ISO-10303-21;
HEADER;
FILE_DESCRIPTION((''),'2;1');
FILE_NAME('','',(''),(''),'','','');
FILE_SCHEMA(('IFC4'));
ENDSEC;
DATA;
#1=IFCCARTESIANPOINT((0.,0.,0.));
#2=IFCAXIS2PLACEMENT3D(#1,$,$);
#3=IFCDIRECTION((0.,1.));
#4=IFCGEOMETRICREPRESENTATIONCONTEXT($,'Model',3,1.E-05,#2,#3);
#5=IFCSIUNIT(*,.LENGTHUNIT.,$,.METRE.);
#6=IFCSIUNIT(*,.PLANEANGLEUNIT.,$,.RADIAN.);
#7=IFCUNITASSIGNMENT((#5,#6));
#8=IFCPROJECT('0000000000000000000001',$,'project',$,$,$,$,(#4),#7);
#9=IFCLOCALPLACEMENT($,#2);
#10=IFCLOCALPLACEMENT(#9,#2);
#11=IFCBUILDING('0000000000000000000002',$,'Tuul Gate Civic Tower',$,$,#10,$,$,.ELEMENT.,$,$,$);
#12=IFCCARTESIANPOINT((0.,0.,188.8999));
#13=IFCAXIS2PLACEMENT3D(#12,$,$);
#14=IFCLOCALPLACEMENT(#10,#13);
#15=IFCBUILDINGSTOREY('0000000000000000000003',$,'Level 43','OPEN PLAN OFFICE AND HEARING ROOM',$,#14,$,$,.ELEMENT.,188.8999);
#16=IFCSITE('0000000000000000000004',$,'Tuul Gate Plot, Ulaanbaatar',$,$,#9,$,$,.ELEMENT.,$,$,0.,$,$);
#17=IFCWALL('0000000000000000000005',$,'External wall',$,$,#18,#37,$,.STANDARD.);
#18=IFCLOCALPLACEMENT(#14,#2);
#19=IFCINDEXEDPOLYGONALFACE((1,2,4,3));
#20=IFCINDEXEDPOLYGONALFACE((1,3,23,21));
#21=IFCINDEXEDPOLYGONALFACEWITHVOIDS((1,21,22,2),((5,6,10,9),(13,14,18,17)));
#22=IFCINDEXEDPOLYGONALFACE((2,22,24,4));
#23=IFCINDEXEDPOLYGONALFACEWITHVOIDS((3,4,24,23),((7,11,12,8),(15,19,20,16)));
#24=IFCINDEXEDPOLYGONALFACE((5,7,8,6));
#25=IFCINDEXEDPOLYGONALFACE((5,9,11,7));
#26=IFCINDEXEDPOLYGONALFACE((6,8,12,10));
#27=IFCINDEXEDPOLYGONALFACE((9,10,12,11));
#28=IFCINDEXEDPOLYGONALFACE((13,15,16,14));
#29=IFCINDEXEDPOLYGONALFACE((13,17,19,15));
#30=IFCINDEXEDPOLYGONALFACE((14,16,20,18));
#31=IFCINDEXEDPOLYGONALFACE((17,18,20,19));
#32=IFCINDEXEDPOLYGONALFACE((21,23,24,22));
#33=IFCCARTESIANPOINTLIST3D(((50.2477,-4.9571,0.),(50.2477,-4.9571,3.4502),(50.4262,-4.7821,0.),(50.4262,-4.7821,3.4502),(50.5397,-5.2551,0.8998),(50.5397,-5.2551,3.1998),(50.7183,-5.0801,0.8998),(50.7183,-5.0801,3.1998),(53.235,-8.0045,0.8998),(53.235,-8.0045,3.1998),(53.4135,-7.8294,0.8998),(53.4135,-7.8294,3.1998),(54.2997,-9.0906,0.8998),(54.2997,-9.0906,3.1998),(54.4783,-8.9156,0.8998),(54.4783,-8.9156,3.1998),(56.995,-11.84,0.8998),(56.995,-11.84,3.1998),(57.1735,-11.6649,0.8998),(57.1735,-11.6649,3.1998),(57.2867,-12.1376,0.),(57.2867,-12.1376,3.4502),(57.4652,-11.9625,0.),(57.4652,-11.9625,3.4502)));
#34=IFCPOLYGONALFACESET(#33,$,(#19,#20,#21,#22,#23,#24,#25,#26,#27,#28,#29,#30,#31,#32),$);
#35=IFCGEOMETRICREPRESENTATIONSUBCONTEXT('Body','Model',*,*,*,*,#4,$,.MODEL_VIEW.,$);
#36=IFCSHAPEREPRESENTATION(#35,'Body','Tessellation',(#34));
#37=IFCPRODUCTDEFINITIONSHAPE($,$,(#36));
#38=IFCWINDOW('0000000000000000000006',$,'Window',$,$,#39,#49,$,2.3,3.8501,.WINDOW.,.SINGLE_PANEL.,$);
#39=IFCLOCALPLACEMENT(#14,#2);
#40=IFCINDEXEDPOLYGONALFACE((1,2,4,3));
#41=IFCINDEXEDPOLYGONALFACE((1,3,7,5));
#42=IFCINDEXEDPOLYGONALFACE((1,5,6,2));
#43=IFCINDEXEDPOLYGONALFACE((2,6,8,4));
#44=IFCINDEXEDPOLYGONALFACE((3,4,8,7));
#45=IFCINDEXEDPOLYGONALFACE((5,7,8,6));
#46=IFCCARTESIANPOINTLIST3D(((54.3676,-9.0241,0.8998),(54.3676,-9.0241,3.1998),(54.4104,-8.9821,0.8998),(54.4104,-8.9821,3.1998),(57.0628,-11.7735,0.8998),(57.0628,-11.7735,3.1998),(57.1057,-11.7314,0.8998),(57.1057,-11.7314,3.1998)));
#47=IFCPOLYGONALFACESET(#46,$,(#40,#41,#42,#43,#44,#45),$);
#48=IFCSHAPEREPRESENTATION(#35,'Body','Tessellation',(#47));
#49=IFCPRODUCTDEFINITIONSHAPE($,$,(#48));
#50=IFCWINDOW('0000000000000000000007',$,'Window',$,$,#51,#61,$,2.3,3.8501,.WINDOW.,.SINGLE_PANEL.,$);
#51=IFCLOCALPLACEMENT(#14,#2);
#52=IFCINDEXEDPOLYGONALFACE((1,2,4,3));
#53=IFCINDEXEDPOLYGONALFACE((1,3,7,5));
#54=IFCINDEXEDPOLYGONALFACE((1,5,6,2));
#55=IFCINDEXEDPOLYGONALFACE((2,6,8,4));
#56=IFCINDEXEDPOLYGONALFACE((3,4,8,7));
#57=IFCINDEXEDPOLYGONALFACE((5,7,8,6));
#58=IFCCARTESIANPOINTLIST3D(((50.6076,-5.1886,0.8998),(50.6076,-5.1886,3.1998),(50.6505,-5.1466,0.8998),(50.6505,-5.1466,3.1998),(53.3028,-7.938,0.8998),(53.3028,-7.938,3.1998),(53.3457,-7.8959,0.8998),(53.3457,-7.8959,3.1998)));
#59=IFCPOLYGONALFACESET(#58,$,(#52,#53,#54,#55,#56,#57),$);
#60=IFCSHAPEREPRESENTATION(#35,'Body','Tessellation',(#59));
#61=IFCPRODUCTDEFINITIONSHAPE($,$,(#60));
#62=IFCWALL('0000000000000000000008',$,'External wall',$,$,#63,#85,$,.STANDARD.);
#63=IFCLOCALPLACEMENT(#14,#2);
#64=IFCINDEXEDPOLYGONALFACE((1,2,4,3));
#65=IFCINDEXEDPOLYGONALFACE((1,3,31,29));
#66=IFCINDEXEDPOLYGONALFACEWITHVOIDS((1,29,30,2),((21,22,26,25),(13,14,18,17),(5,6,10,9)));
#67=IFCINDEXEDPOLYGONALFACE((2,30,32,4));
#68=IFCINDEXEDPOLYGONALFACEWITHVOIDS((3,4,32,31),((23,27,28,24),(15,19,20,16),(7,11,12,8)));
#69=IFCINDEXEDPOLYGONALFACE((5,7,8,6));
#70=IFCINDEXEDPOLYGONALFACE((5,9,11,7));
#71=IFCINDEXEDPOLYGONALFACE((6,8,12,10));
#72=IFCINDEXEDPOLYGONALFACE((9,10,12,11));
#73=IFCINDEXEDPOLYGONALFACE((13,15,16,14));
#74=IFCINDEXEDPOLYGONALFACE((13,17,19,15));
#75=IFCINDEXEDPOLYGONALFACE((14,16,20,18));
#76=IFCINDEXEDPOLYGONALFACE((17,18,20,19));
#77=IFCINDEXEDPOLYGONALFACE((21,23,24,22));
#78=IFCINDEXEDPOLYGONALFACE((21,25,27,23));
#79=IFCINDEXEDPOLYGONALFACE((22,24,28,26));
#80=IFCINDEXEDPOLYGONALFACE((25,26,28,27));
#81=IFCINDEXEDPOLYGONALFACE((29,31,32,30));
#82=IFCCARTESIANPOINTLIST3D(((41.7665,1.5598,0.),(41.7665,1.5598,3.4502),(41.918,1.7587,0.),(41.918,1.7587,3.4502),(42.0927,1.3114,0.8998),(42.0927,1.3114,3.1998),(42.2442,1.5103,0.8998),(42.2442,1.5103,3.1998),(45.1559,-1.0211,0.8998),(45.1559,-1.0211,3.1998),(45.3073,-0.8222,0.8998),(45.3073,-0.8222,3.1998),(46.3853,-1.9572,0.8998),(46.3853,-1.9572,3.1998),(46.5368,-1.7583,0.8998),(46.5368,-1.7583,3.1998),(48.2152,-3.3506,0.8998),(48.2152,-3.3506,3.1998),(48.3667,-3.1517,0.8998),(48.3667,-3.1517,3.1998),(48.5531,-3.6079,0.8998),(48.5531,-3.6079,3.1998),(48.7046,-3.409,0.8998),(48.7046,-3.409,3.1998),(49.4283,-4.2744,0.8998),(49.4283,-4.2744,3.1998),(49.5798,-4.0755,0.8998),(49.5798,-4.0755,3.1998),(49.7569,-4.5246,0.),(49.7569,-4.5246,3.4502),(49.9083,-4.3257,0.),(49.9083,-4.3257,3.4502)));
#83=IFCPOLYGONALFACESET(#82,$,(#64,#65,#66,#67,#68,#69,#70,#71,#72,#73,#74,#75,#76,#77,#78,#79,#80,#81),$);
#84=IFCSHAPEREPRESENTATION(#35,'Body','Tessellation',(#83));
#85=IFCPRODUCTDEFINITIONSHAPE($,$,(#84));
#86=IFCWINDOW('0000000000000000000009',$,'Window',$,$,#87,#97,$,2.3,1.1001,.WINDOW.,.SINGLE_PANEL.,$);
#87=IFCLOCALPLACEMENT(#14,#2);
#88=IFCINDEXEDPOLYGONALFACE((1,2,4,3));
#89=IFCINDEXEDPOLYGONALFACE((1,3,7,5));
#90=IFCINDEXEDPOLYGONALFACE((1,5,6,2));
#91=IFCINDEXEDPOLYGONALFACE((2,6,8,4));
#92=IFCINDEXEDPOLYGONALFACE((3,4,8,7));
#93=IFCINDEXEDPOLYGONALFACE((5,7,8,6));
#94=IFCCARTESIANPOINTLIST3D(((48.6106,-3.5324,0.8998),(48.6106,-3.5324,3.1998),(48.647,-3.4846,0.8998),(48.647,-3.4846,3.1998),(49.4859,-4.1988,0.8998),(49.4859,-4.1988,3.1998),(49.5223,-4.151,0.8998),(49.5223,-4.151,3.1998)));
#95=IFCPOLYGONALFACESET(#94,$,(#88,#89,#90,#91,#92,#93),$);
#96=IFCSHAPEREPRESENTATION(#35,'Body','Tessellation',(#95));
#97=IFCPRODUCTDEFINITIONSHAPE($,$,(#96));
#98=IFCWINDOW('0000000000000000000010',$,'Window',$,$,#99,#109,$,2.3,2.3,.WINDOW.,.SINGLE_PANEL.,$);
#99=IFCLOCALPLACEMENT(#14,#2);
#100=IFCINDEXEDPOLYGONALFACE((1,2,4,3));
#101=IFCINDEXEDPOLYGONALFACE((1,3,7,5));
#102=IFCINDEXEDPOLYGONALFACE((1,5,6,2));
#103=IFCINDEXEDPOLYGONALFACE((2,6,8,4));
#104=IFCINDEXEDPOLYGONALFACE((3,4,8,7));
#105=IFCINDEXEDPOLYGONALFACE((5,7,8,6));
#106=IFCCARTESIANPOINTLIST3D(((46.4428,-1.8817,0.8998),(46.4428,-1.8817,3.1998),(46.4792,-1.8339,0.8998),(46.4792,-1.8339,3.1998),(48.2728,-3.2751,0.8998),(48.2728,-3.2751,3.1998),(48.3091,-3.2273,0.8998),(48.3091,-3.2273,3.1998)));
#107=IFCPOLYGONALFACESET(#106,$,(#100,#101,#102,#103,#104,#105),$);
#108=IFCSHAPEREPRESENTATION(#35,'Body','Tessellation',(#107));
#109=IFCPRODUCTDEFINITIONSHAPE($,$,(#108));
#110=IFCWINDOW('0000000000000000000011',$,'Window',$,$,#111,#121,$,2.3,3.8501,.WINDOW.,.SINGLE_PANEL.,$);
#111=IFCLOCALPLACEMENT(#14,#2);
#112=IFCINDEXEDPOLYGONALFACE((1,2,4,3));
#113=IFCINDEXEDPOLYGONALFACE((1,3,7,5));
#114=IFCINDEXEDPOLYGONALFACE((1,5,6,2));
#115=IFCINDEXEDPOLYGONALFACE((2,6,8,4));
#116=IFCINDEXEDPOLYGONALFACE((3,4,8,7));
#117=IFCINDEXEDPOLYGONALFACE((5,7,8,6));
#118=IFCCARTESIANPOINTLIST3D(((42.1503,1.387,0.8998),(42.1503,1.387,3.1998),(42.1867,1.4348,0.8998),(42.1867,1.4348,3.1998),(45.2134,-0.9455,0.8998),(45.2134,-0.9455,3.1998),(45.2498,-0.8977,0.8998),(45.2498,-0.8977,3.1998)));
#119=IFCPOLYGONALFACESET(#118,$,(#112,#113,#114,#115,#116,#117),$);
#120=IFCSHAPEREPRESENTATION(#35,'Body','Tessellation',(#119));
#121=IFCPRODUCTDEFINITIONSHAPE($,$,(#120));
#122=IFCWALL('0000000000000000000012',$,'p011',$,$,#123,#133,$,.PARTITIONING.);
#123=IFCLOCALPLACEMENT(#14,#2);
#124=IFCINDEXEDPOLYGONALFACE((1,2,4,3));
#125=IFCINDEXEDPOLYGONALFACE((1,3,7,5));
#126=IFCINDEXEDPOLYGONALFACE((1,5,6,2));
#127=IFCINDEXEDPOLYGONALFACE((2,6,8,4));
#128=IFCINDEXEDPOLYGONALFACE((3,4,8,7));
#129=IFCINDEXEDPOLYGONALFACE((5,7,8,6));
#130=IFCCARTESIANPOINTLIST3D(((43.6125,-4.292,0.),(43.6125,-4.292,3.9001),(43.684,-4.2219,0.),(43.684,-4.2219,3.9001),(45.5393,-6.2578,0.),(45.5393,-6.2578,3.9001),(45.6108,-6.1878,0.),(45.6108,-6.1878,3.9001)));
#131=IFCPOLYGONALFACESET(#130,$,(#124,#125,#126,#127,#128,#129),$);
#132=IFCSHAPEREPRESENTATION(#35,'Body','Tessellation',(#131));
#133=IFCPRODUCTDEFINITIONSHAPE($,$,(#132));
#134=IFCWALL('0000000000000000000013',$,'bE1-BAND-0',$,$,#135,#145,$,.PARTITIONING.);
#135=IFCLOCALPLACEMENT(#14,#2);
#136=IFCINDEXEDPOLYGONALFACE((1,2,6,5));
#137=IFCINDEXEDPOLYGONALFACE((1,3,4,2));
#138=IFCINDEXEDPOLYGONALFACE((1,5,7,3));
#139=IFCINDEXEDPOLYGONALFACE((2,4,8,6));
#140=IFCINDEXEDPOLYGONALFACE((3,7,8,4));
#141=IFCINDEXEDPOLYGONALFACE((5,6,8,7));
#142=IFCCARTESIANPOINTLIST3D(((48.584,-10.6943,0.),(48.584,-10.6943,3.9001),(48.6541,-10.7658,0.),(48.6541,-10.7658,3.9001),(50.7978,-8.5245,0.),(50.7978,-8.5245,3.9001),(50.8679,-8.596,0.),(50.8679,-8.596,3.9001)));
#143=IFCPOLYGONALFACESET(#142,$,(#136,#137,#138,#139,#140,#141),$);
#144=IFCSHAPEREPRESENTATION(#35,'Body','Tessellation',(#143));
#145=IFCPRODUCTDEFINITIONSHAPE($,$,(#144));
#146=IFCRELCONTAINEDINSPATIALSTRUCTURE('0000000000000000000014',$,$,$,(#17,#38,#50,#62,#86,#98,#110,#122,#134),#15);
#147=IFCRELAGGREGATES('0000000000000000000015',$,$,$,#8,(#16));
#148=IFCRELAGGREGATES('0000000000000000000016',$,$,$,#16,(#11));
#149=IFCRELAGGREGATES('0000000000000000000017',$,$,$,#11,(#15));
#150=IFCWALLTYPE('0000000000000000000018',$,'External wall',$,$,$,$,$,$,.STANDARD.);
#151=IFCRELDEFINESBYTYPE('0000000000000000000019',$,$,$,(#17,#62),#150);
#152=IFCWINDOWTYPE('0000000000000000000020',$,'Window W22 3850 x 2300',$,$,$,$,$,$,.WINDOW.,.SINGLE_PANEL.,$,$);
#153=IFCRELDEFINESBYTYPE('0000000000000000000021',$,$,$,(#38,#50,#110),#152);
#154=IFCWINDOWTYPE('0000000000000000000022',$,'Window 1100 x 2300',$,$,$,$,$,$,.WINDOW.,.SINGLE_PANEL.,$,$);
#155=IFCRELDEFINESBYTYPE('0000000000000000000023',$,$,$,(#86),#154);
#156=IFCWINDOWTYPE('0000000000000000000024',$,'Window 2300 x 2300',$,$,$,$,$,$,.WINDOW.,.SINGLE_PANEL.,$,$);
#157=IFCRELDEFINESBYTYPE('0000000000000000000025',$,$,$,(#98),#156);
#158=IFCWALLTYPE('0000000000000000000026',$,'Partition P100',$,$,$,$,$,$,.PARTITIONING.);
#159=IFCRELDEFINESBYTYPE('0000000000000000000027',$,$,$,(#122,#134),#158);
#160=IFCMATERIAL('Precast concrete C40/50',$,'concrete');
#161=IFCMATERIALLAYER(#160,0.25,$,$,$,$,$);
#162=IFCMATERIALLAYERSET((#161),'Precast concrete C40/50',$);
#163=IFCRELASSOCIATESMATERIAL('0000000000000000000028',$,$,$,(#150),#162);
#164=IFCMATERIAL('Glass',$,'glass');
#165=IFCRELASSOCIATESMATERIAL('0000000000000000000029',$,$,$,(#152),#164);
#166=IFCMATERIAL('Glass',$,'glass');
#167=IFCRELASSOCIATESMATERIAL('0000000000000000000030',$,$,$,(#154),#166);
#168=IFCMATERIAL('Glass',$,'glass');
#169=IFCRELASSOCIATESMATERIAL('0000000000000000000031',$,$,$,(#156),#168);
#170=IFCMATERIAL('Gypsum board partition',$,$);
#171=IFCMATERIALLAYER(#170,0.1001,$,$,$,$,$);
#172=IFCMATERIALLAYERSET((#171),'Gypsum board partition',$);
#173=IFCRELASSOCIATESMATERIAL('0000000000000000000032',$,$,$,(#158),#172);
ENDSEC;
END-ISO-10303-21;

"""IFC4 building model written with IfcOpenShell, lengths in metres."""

from ifc_helpers import new_model, si_unit, direction, frame, frame_2d, origin, place, context, subcontext, project, spatial, rectangle, extrude, material, layer, layer_set, type_object, element, fill, save


model = new_model("IFC4")

# Units and contexts
model_context = context("Model", 3, precision=1e-05, world=origin(), true_north=direction((0.0, 1.0)))
body_context = subcontext(model_context, "Body", "Model", "MODEL_VIEW")
ifc_project = project(units=[si_unit("LENGTHUNIT", "METRE"), si_unit("PLANEANGLEUNIT", "RADIAN")], contexts=[model_context])

# Site, building, storey
site_placement = place(None, origin())
site = spatial("IfcSite", under=ifc_project, at=site_placement, Name="Tuul Gate Plot, Ulaanbaatar", CompositionType="ELEMENT", RefElevation=0.0)
building_placement = place(site_placement, origin())
building = spatial("IfcBuilding", under=site, at=building_placement, Name="Tuul Gate Civic Tower", CompositionType="ELEMENT")
storey_placement = place(building_placement, frame((0.0, 0.0, 188.8999)))
storey = spatial("IfcBuildingStorey", under=building, at=storey_placement, Name="Level 43", Description="OPEN PLAN OFFICE AND HEARING ROOM", CompositionType="ELEMENT", Elevation=188.8999)

# Walls, openings, windows
ifc_material_1 = material(Name="Precast concrete C40/50", Category="concrete")
ifc_layer_1 = layer(ifc_material_1, 0.25)
ifc_layer_set_1 = layer_set([ifc_layer_1], Name="Precast concrete C40/50")
wall_type_1 = type_object("IfcWallType", Name="External wall", PredefinedType="STANDARD", material=ifc_layer_set_1)
wall_1_placement = place(storey_placement, frame((57.376, -12.05, 0.0), z_axis=(0.0, 0.0, 1.0), x_axis=(-0.700043, 0.714101, 0.0)))
wall_1 = element("IfcWall", 1, at=wall_1_placement, inside=storey, type_object=wall_type_1, Name="External wall", PredefinedType="STANDARD", context=body_context, shape_type="SweptSolid", body=[
    extrude(rectangle(XDim=10.0552, YDim=0.25, at=frame_2d((5.0276, 0.0))), origin(), (0.0, 0.0, 1.0), 3.4502),
])
opening_1_placement = place(wall_1_placement, frame((0.4167, 0.0, 0.8999)))
opening_1 = element("IfcOpeningElement", 2, at=opening_1_placement, cuts=wall_1, PredefinedType="OPENING", context=body_context, shape_type="SweptSolid", body=[
    extrude(rectangle(XDim=3.8501, YDim=2.3, at=frame_2d((1.925, 1.1499))), frame((0.0, 0.135, 0.0), z_axis=(0.0, -1.0, 0.0), x_axis=(1.0, 0.0, 0.0)), (0.0, 0.0, 1.0), 0.27),
])
opening_2_placement = place(wall_1_placement, frame((5.7878, 0.0, 0.8999)))
opening_2 = element("IfcOpeningElement", 3, at=opening_2_placement, cuts=wall_1, PredefinedType="OPENING", context=body_context, shape_type="SweptSolid", body=[
    extrude(rectangle(XDim=3.8501, YDim=2.3, at=frame_2d((1.925, 1.1499))), frame((0.0, 0.135, 0.0), z_axis=(0.0, -1.0, 0.0), x_axis=(1.0, 0.0, 0.0)), (0.0, 0.0, 1.0), 0.27),
])
ifc_material_2 = material(Name="Glass", Category="glass")
window_type_1 = type_object("IfcWindowType", Name="Window W22 3850 x 2300", PartitioningType="SINGLE_PANEL", PredefinedType="WINDOW", material=ifc_material_2)
window_1_placement = place(opening_1_placement, origin())
window_1 = element("IfcWindow", 4, at=window_1_placement, inside=storey, type_object=window_type_1, Name="Window", OverallHeight=2.3, OverallWidth=3.8501, PartitioningType="SINGLE_PANEL", PredefinedType="WINDOW", context=body_context, shape_type="SweptSolid", body=[
    extrude(rectangle(XDim=3.8501, YDim=2.3, at=frame_2d((1.925, 1.1499))), frame((0.0, 0.03, 0.0), z_axis=(0.0, -1.0, 0.0), x_axis=(1.0, 0.0, 0.0)), (0.0, 0.0, 1.0), 0.0601),
])
fill(opening_1, window_1)
window_2_placement = place(opening_2_placement, origin())
window_2 = element("IfcWindow", 5, at=window_2_placement, inside=storey, type_object=window_type_1, Name="Window", OverallHeight=2.3, OverallWidth=3.8501, PartitioningType="SINGLE_PANEL", PredefinedType="WINDOW", context=body_context, shape_type="SweptSolid", body=[
    extrude(rectangle(XDim=3.8501, YDim=2.3, at=frame_2d((1.925, 1.1499))), frame((0.0, 0.03, 0.0), z_axis=(0.0, -1.0, 0.0), x_axis=(1.0, 0.0, 0.0)), (0.0, 0.0, 1.0), 0.0601),
])
fill(opening_2, window_2)
wall_2_placement = place(storey_placement, frame((49.8325, -4.425, 0.0), z_axis=(0.0, 0.0, 1.0), x_axis=(-0.7956, 0.605822, 0.0)))
wall_2 = element("IfcWall", 6, at=wall_2_placement, inside=storey, type_object=wall_type_1, Name="External wall", PredefinedType="STANDARD", context=body_context, shape_type="SweptSolid", body=[
    extrude(rectangle(XDim=10.0432, YDim=0.25, at=frame_2d((5.0215, 0.0))), origin(), (0.0, 0.0, 1.0), 3.4502),
])
opening_3_placement = place(wall_2_placement, frame((5.783, 0.0, 0.8999)))
opening_3 = element("IfcOpeningElement", 7, at=opening_3_placement, cuts=wall_2, PredefinedType="OPENING", context=body_context, shape_type="SweptSolid", body=[
    extrude(rectangle(XDim=3.8501, YDim=2.3, at=frame_2d((1.925, 1.1499))), frame((0.0, 0.135, 0.0), z_axis=(0.0, -1.0, 0.0), x_axis=(1.0, 0.0, 0.0)), (0.0, 0.0, 1.0), 0.27),
])
opening_4_placement = place(wall_2_placement, frame((0.4128, 0.0, 0.8999)))
opening_4 = element("IfcOpeningElement", 8, at=opening_4_placement, cuts=wall_2, PredefinedType="OPENING", context=body_context, shape_type="SweptSolid", body=[
    extrude(rectangle(XDim=1.1001, YDim=2.3, at=frame_2d((0.55, 1.1499))), frame((0.0, 0.135, 0.0), z_axis=(0.0, -1.0, 0.0), x_axis=(1.0, 0.0, 0.0)), (0.0, 0.0, 1.0), 0.27),
])
opening_5_placement = place(wall_2_placement, frame((1.9377, 0.0, 0.8999)))
opening_5 = element("IfcOpeningElement", 9, at=opening_5_placement, cuts=wall_2, PredefinedType="OPENING", context=body_context, shape_type="SweptSolid", body=[
    extrude(rectangle(XDim=2.3, YDim=2.3, at=frame_2d((1.1499, 1.1499))), frame((0.0, 0.135, 0.0), z_axis=(0.0, -1.0, 0.0), x_axis=(1.0, 0.0, 0.0)), (0.0, 0.0, 1.0), 0.27),
])
ifc_material_3 = material(Name="Glass", Category="glass")
window_type_2 = type_object("IfcWindowType", Name="Window 1100 x 2300", PartitioningType="SINGLE_PANEL", PredefinedType="WINDOW", material=ifc_material_3)
window_3_placement = place(opening_4_placement, origin())
window_3 = element("IfcWindow", 10, at=window_3_placement, inside=storey, type_object=window_type_2, Name="Window", OverallHeight=2.3, OverallWidth=1.1001, PartitioningType="SINGLE_PANEL", PredefinedType="WINDOW", context=body_context, shape_type="SweptSolid", body=[
    extrude(rectangle(XDim=1.1001, YDim=2.3, at=frame_2d((0.55, 1.1499))), frame((0.0, 0.03, 0.0), z_axis=(0.0, -1.0, 0.0), x_axis=(1.0, 0.0, 0.0)), (0.0, 0.0, 1.0), 0.0601),
])
fill(opening_4, window_3)
ifc_material_4 = material(Name="Glass", Category="glass")
window_type_3 = type_object("IfcWindowType", Name="Window 2300 x 2300", PartitioningType="SINGLE_PANEL", PredefinedType="WINDOW", material=ifc_material_4)
window_4_placement = place(opening_5_placement, origin())
window_4 = element("IfcWindow", 11, at=window_4_placement, inside=storey, type_object=window_type_3, Name="Window", OverallHeight=2.3, OverallWidth=2.3, PartitioningType="SINGLE_PANEL", PredefinedType="WINDOW", context=body_context, shape_type="SweptSolid", body=[
    extrude(rectangle(XDim=2.3, YDim=2.3, at=frame_2d((1.1499, 1.1499))), frame((0.0, 0.03, 0.0), z_axis=(0.0, -1.0, 0.0), x_axis=(1.0, 0.0, 0.0)), (0.0, 0.0, 1.0), 0.0601),
])
fill(opening_5, window_4)
window_5_placement = place(opening_3_placement, origin())
window_5 = element("IfcWindow", 12, at=window_5_placement, inside=storey, type_object=window_type_1, Name="Window", OverallHeight=2.3, OverallWidth=3.8501, PartitioningType="SINGLE_PANEL", PredefinedType="WINDOW", context=body_context, shape_type="SweptSolid", body=[
    extrude(rectangle(XDim=3.8501, YDim=2.3, at=frame_2d((1.925, 1.1499))), frame((0.0, 0.03, 0.0), z_axis=(0.0, -1.0, 0.0), x_axis=(1.0, 0.0, 0.0)), (0.0, 0.0, 1.0), 0.0601),
])
fill(opening_3, window_5)

# Walls
ifc_material_5 = material(Name="Gypsum board partition")
ifc_layer_2 = layer(ifc_material_5, 0.1001)
ifc_layer_set_2 = layer_set([ifc_layer_2], Name="Gypsum board partition")
wall_type_2 = type_object("IfcWallType", Name="Partition P100", PredefinedType="PARTITIONING", material=ifc_layer_set_2)
wall_3_placement = place(storey_placement, frame((43.6482, -4.2568, 0.0), z_axis=(0.0, 0.0, 1.0), x_axis=(0.699976, -0.714167, 0.0)))
element("IfcWall", 13, at=wall_3_placement, inside=storey, type_object=wall_type_2, Name="p011", PredefinedType="PARTITIONING", context=body_context, shape_type="SweptSolid", body=[
    extrude(rectangle(XDim=2.7527, YDim=0.1001, at=frame_2d((1.3765, 0.0))), origin(), (0.0, 0.0, 1.0), 3.9001),
])
wall_4_placement = place(storey_placement, frame((48.6191, -10.73, 0.0), z_axis=(0.0, 0.0, 1.0), x_axis=(0.714159, 0.699983, 0.0)))
element("IfcWall", 14, at=wall_4_placement, inside=storey, type_object=wall_type_2, Name="bE1-BAND-0", PredefinedType="PARTITIONING", context=body_context, shape_type="SweptSolid", body=[
    extrude(rectangle(XDim=3.0999, YDim=0.1001, at=frame_2d((1.5498, 0.0))), origin(), (0.0, 0.0, 1.0), 3.9001),
])

save(model, "model.ifc")
